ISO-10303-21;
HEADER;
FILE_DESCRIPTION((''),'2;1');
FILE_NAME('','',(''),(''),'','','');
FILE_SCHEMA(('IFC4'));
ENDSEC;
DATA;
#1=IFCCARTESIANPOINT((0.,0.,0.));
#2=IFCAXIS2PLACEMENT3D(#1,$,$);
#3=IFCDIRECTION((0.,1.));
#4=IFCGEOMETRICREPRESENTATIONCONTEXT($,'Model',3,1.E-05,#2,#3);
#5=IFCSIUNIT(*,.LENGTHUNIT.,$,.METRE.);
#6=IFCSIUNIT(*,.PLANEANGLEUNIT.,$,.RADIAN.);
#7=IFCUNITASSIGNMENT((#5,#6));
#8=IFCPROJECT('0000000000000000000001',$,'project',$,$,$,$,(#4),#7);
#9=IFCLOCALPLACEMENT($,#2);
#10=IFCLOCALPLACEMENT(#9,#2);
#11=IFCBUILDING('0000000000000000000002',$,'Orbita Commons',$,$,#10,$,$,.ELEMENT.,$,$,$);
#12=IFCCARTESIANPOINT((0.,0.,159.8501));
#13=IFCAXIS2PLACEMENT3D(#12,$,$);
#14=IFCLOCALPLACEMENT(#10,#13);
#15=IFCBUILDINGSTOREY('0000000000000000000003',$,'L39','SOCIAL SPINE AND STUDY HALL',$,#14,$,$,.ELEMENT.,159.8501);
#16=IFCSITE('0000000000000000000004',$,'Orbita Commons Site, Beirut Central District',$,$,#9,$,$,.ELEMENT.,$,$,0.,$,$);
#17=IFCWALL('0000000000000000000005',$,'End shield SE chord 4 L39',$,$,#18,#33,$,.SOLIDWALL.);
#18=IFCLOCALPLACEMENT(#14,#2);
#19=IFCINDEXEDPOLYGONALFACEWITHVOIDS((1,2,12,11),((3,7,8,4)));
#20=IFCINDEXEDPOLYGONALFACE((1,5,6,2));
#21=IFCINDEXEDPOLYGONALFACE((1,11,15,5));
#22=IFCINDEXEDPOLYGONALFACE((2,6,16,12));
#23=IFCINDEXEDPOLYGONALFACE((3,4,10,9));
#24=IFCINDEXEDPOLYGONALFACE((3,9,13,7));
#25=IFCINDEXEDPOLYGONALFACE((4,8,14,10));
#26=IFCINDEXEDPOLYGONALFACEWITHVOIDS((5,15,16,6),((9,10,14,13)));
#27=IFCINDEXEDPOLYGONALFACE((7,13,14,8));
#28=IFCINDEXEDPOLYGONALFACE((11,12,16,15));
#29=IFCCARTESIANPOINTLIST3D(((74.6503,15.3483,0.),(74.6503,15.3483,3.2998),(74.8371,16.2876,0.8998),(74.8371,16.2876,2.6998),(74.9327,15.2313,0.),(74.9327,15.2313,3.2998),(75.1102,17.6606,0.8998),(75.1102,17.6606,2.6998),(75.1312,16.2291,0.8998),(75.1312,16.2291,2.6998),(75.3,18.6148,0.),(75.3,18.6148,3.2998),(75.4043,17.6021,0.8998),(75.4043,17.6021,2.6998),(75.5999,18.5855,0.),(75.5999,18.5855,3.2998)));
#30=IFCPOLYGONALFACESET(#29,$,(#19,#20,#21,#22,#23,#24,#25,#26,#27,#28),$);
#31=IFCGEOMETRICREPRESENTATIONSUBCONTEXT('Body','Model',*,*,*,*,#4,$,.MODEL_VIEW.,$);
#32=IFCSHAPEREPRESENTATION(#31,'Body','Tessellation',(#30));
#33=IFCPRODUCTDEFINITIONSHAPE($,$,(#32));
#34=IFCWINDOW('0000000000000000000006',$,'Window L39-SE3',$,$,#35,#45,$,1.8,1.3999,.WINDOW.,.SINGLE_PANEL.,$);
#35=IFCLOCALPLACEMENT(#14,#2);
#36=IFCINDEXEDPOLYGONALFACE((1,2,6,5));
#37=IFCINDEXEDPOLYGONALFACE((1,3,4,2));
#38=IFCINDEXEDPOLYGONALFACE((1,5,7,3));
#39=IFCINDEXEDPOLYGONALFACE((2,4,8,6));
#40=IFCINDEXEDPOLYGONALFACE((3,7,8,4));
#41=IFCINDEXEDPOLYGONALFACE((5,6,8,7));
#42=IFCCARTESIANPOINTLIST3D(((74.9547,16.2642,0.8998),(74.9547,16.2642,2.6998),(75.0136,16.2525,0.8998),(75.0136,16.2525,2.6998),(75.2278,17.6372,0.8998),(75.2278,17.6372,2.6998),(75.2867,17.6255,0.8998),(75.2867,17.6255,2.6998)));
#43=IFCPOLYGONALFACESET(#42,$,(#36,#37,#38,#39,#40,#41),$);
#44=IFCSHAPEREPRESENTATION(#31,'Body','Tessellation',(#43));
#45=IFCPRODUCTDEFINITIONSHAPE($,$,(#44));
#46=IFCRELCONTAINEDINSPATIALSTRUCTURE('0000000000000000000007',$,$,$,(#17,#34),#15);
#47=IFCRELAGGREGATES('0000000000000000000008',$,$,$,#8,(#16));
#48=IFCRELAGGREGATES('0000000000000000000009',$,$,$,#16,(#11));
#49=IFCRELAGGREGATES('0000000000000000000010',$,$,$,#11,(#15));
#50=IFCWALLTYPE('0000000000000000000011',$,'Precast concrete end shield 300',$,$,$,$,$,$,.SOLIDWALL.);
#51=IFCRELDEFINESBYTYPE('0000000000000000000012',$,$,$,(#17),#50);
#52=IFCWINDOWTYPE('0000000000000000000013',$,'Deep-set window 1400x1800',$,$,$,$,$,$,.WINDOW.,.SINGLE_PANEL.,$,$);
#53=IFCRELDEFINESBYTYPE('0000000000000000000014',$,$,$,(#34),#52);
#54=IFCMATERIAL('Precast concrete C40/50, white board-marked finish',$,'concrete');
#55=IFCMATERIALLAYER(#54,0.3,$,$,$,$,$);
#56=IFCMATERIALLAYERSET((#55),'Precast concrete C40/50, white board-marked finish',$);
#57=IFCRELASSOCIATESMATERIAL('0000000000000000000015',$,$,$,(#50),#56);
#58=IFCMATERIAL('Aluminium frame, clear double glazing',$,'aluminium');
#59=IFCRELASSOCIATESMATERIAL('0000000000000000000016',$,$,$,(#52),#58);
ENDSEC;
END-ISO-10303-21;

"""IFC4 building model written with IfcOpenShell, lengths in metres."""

from ifc_helpers import new_model, si_unit, direction, frame, frame_2d, origin, place, context, subcontext, project, spatial, polyline, rectangle, outline, extrude, material, layer, layer_set, type_object, element, fill, save


model = new_model("IFC4")

# Units and contexts
model_context = context("Model", 3, precision=1e-05, world=origin(), true_north=direction((0.0, 1.0)))
body_context = subcontext(model_context, "Body", "Model", "MODEL_VIEW")
ifc_project = project(units=[si_unit("LENGTHUNIT", "METRE"), si_unit("PLANEANGLEUNIT", "RADIAN")], contexts=[model_context])

# Site, building, storey
site_placement = place(None, origin())
site = spatial("IfcSite", under=ifc_project, at=site_placement, Name="Orbita Commons Site, Beirut Central District", CompositionType="ELEMENT", RefElevation=0.0)
building_placement = place(site_placement, origin())
building = spatial("IfcBuilding", under=site, at=building_placement, Name="Orbita Commons", CompositionType="ELEMENT")
storey_placement = place(building_placement, frame((0.0, 0.0, 159.8501)))
storey = spatial("IfcBuildingStorey", under=building, at=storey_placement, Name="L39", Description="SOCIAL SPINE AND STUDY HALL", CompositionType="ELEMENT", Elevation=159.8501)

# Shared definitions
ifc_material_1 = material(Name="Precast concrete C40/50, white board-marked finish", Category="concrete")
ifc_layer_1 = layer(ifc_material_1, 0.3)
ifc_layer_set_1 = layer_set([ifc_layer_1], Name="Precast concrete C40/50, white board-marked finish")
wall_type_1 = type_object("IfcWallType", Name="Precast concrete end shield 300", PredefinedType="SOLIDWALL", material=ifc_layer_set_1)

# Wall, opening, window
wall_1_placement = place(storey_placement, frame((74.7915, 15.2898, 0.0), z_axis=(0.0, 0.0, 1.0), x_axis=(0.195087, 0.980786, 0.0)))
wall_1 = element("IfcWall", 1, at=wall_1_placement, inside=storey, type_object=wall_type_1, Name="End shield SE chord 4 L39", PredefinedType="SOLIDWALL", context=body_context, shape_type="SweptSolid", body=[
    extrude(outline(polyline([(-0.0298, -0.1499), (3.3901, -0.1499), (3.3604, 0.1499), (0.0298, 0.1499), (-0.0298, -0.1499)])), origin(), (0.0, 0.0, 1.0), 3.2998),
])
opening_1_placement = place(wall_1_placement, frame((0.9875, 0.0, 0.8999)))
opening_1 = element("IfcOpeningElement", 2, at=opening_1_placement, cuts=wall_1, PredefinedType="OPENING", context=body_context, shape_type="SweptSolid", body=[
    extrude(rectangle(XDim=1.3999, YDim=1.8, at=frame_2d((0.7, 0.8999))), frame((0.0, 0.1599, 0.0), z_axis=(0.0, -1.0, 0.0), x_axis=(1.0, 0.0, 0.0)), (0.0, 0.0, 1.0), 0.3201),
])
ifc_material_2 = material(Name="Aluminium frame, clear double glazing", Category="aluminium")
window_type_1 = type_object("IfcWindowType", Name="Deep-set window 1400x1800", PartitioningType="SINGLE_PANEL", PredefinedType="WINDOW", material=ifc_material_2)
window_1_placement = place(opening_1_placement, origin())
window_1 = element("IfcWindow", 3, at=window_1_placement, inside=storey, type_object=window_type_1, Name="Window L39-SE3", OverallHeight=1.8, OverallWidth=1.3999, PartitioningType="SINGLE_PANEL", PredefinedType="WINDOW", context=body_context, shape_type="SweptSolid", body=[
    extrude(rectangle(XDim=1.3999, YDim=1.8, at=frame_2d((0.7, 0.8999))), frame((0.0, 0.03, 0.0), z_axis=(0.0, -1.0, 0.0), x_axis=(1.0, 0.0, 0.0)), (0.0, 0.0, 1.0), 0.0601),
])
fill(opening_1, window_1)

save(model, "model.ifc")
